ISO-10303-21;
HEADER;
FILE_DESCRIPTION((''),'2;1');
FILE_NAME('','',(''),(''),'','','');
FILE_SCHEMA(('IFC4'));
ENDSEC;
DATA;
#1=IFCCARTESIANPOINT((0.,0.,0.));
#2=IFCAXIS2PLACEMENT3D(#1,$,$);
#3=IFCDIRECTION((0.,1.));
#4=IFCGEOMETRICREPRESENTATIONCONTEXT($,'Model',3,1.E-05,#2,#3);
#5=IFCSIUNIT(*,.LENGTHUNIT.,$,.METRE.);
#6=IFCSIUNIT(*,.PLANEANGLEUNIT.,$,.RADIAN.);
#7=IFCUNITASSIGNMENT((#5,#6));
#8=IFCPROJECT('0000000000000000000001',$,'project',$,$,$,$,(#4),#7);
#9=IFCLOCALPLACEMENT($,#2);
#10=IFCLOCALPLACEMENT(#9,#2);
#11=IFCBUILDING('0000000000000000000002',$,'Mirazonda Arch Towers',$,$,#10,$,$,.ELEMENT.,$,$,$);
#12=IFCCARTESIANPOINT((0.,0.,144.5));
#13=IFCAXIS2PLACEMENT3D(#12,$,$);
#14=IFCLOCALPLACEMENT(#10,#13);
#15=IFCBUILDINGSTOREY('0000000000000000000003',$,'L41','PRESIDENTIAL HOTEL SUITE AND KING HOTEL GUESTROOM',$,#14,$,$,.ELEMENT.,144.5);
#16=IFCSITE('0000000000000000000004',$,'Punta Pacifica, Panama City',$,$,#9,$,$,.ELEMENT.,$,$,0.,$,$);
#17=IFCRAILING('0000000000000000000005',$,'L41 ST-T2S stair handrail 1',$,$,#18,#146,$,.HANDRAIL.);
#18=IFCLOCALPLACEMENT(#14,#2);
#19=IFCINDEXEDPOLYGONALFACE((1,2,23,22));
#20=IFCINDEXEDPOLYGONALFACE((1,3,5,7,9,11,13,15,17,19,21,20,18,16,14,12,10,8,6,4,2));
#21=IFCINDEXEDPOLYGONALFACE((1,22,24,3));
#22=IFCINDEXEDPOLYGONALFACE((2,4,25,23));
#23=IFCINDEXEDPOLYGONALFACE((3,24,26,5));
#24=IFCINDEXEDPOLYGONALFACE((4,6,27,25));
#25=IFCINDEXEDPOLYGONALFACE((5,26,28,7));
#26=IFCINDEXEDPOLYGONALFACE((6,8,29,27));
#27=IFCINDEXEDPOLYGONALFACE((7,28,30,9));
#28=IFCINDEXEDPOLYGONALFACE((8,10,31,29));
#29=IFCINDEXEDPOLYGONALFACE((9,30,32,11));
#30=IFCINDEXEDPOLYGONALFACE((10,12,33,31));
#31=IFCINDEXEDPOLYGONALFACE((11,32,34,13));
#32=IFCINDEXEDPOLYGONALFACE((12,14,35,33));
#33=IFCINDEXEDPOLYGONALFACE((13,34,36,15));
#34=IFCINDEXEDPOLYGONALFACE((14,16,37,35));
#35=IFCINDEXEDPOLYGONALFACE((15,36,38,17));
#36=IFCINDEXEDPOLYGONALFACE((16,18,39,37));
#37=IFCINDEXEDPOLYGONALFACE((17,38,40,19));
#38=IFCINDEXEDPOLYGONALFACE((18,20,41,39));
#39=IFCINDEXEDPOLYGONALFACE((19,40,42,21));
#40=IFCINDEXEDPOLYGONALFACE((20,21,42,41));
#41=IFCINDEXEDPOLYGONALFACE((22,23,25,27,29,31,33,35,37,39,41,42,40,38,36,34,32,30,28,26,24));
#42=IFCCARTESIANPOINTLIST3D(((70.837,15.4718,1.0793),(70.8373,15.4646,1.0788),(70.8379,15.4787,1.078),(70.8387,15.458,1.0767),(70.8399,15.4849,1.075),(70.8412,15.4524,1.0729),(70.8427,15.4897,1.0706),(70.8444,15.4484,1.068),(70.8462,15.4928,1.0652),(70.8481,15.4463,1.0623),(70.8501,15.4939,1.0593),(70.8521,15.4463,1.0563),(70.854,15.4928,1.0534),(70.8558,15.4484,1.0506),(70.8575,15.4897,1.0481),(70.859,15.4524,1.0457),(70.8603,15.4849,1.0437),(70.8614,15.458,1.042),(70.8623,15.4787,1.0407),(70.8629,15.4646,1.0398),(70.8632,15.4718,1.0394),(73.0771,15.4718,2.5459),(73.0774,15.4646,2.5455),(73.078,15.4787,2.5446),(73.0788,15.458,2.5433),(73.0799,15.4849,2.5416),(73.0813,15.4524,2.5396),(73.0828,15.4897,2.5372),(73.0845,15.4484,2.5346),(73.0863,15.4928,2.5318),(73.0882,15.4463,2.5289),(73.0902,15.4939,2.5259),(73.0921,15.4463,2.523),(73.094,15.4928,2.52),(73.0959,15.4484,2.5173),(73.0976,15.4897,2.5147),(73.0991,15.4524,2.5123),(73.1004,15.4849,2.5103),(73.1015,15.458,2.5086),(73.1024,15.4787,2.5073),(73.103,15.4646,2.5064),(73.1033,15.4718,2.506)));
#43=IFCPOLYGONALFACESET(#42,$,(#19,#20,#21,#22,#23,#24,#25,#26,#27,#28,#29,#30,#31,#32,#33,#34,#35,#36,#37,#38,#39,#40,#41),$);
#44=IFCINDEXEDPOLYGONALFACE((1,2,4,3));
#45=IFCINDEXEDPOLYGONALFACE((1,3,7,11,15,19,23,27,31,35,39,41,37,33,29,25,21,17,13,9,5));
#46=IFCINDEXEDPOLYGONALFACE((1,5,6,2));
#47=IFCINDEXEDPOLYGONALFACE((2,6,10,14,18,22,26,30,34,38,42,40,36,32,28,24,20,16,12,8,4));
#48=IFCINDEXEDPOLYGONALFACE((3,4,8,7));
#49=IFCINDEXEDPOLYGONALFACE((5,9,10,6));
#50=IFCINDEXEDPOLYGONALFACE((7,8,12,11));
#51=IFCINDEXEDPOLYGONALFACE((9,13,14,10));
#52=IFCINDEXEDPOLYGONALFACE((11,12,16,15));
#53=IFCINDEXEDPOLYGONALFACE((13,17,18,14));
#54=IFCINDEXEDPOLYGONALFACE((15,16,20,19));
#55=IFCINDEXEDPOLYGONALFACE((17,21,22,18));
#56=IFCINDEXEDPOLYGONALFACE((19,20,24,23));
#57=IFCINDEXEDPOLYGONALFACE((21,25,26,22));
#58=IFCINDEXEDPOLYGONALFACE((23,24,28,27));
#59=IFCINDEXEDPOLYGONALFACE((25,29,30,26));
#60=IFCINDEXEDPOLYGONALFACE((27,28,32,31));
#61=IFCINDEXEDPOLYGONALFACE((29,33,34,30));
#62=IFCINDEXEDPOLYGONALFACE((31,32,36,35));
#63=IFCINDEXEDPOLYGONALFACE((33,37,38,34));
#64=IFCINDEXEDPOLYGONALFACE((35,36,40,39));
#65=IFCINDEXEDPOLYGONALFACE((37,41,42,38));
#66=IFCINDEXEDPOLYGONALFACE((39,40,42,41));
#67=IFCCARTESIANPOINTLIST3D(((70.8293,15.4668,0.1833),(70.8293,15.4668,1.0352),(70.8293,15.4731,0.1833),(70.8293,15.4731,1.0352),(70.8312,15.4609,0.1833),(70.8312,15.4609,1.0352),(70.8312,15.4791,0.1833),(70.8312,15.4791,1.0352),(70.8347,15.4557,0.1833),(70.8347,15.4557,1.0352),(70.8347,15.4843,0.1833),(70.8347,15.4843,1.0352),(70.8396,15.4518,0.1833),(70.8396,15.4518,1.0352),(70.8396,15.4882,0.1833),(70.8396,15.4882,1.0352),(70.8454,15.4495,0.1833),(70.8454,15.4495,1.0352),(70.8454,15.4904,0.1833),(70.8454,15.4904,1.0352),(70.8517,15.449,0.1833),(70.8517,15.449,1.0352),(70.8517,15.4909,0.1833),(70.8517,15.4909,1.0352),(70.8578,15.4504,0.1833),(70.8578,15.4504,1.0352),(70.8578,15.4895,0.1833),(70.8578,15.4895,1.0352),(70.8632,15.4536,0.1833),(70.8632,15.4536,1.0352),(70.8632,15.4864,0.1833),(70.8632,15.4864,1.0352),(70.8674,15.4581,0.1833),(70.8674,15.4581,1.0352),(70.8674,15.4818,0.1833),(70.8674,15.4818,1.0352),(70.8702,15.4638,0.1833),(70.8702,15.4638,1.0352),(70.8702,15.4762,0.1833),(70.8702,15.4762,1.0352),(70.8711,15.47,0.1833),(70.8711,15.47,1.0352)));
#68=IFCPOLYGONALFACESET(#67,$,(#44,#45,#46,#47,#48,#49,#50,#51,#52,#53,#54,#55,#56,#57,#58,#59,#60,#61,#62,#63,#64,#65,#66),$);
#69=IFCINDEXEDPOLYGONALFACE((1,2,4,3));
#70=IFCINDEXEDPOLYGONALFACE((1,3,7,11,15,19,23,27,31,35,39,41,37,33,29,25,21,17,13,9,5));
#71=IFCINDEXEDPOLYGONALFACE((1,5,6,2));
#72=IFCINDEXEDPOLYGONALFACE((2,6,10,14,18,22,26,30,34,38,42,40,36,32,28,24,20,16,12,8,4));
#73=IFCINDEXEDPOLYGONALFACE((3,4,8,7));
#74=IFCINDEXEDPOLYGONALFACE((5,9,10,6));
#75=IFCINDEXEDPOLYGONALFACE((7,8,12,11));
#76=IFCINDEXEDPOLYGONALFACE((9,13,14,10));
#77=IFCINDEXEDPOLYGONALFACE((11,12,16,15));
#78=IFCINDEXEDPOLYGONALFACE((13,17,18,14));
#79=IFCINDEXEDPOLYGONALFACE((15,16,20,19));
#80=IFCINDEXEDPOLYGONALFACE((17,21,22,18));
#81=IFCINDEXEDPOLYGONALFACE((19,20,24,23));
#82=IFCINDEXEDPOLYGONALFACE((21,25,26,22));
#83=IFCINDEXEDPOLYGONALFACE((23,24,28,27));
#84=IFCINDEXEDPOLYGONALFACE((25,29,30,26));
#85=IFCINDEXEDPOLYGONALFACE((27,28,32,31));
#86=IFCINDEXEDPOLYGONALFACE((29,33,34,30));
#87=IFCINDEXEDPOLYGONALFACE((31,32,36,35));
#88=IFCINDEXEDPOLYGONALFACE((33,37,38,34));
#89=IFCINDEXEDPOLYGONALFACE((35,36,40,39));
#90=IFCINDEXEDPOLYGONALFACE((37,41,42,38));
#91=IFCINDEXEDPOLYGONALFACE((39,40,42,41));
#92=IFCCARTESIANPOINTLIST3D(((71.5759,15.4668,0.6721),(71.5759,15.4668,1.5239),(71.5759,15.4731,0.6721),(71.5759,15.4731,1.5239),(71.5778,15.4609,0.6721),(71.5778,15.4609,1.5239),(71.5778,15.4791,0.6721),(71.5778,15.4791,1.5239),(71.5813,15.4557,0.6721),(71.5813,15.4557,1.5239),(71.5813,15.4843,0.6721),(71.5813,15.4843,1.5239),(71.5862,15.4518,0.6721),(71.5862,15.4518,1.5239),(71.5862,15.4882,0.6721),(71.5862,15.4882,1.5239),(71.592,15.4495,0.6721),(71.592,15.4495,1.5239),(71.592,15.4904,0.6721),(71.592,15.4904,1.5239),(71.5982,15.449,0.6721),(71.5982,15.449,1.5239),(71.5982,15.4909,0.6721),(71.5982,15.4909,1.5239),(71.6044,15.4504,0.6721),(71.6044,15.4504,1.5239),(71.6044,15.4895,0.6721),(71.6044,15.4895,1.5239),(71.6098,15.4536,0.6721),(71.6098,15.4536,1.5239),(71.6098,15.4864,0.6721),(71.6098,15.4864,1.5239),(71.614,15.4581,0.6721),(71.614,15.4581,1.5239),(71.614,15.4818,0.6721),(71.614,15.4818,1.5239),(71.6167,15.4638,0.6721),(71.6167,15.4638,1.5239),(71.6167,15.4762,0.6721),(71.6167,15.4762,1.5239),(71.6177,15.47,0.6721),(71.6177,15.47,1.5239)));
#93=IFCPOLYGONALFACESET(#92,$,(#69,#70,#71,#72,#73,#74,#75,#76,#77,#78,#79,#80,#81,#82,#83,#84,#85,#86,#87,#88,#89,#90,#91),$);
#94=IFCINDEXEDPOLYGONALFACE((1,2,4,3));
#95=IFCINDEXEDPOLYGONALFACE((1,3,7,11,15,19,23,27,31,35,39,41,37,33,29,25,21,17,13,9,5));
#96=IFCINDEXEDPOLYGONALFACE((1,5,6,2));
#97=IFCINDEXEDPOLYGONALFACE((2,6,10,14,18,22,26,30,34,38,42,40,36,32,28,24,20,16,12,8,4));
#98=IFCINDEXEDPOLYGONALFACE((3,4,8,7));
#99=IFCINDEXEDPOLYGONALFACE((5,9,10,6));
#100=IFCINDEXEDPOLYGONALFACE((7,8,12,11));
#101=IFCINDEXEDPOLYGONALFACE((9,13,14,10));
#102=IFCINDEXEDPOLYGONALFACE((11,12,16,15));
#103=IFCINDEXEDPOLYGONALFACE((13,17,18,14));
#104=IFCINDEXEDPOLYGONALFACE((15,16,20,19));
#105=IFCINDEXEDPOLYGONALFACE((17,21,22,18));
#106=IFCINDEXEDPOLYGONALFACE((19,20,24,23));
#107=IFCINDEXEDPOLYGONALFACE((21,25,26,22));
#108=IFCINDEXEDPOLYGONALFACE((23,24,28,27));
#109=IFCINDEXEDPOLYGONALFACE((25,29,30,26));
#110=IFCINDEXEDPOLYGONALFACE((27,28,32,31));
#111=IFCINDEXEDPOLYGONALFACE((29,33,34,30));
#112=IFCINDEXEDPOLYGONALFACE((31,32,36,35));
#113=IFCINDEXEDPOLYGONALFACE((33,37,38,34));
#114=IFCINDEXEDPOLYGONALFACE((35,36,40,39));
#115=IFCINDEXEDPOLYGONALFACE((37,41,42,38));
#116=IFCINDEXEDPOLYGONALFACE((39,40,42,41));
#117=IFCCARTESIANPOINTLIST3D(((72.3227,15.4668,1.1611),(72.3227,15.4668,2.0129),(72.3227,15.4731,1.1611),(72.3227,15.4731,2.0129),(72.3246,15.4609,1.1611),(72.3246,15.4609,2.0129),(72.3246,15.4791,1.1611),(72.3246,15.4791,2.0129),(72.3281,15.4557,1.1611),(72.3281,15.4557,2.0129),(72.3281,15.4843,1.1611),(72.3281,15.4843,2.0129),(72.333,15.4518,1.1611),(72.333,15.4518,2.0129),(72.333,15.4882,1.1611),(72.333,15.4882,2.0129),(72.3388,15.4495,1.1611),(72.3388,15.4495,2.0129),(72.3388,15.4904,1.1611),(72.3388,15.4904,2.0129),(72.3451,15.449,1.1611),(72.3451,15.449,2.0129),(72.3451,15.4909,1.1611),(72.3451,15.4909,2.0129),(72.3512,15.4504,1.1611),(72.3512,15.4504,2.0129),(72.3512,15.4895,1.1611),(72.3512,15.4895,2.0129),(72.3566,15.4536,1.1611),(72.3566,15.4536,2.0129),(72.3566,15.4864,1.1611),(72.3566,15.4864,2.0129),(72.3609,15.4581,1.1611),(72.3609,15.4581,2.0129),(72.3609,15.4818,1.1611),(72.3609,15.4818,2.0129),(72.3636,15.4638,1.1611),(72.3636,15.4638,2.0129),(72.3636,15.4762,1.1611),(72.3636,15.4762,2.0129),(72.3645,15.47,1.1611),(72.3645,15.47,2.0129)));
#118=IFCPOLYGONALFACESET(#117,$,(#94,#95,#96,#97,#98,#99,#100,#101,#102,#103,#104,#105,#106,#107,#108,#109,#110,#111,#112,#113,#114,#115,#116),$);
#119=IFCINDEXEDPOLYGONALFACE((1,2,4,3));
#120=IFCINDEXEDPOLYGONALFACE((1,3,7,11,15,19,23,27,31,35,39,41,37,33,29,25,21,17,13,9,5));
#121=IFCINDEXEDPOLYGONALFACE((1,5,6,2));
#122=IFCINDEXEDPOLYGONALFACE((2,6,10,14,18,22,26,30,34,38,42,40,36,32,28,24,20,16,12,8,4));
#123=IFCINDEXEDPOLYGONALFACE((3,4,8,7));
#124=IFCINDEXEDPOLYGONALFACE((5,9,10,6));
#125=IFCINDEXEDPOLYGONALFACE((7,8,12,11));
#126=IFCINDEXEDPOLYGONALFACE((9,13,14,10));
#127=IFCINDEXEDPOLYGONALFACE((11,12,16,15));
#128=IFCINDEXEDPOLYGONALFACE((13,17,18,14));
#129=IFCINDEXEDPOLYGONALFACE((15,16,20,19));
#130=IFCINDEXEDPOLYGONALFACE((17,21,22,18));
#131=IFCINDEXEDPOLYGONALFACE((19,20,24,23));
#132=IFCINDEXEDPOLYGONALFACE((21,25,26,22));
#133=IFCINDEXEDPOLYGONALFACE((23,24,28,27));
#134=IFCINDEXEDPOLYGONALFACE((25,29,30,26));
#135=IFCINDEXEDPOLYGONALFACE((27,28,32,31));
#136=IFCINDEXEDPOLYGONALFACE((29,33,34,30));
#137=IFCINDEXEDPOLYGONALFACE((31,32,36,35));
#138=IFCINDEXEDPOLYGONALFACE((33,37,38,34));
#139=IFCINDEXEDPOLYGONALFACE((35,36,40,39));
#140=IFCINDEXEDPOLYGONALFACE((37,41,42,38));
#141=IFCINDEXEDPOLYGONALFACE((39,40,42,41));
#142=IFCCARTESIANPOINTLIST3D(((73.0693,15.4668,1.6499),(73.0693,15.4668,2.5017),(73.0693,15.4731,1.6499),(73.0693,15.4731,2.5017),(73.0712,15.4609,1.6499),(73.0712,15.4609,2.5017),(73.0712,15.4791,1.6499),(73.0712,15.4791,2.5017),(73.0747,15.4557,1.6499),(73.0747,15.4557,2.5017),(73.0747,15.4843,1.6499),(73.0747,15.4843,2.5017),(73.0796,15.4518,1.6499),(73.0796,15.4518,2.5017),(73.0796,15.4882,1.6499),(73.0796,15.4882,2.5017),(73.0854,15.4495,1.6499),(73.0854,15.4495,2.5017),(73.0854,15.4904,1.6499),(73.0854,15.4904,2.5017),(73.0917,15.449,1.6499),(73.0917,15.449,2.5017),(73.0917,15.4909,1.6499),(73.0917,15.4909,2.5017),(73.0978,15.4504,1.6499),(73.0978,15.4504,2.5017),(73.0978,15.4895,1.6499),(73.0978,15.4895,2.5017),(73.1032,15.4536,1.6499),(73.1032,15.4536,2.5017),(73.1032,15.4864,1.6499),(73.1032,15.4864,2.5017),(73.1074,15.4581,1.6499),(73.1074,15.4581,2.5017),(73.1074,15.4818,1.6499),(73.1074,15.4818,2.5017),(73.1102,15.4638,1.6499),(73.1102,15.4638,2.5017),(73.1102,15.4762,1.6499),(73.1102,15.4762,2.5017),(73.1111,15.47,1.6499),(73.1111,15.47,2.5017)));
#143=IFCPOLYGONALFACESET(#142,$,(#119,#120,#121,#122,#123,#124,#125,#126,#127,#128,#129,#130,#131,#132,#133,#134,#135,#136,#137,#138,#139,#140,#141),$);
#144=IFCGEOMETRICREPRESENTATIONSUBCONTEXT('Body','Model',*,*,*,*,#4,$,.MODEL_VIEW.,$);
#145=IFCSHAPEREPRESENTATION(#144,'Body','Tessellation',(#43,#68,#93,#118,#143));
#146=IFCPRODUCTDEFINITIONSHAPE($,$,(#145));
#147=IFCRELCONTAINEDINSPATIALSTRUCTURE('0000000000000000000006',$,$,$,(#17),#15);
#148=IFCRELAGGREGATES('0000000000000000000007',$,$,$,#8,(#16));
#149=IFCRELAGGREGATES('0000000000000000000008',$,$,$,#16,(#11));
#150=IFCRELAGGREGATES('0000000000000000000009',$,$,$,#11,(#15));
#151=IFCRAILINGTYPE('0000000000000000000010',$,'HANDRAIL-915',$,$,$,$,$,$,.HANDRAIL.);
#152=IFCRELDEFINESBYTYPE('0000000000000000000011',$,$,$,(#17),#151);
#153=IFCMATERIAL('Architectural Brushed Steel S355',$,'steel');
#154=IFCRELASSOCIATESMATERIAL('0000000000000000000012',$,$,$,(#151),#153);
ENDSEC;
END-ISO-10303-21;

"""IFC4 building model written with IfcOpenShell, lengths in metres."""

from ifc_helpers import new_model, si_unit, direction, frame, origin, origin_2d, place, context, subcontext, project, spatial, circle, extrude, material, type_object, element, save


model = new_model("IFC4")

# Units and contexts
model_context = context("Model", 3, precision=1e-05, world=origin(), true_north=direction((0.0, 1.0)))
body_context = subcontext(model_context, "Body", "Model", "MODEL_VIEW")
ifc_project = project(units=[si_unit("LENGTHUNIT", "METRE"), si_unit("PLANEANGLEUNIT", "RADIAN")], contexts=[model_context])

# Site, building, storey
site_placement = place(None, origin())
site = spatial("IfcSite", under=ifc_project, at=site_placement, Name="Punta Pacifica, Panama City", CompositionType="ELEMENT", RefElevation=0.0)
building_placement = place(site_placement, origin())
building = spatial("IfcBuilding", under=site, at=building_placement, Name="Mirazonda Arch Towers", CompositionType="ELEMENT")
storey_placement = place(building_placement, frame((0.0, 0.0, 144.5)))
storey = spatial("IfcBuildingStorey", under=building, at=storey_placement, Name="L41", Description="PRESIDENTIAL HOTEL SUITE AND KING HOTEL GUESTROOM", CompositionType="ELEMENT", Elevation=144.5)

# Railing
ifc_material_1 = material(Name="Architectural Brushed Steel S355", Category="steel")
railing_type_1 = type_object("IfcRailingType", Name="HANDRAIL-915", PredefinedType="HANDRAIL", material=ifc_material_1)
railing_1_placement = place(storey_placement, frame((70.8501, 15.47, 0.1833)))
element("IfcRailing", 1, at=railing_1_placement, inside=storey, type_object=railing_type_1, Name="L41 ST-T2S stair handrail 1", PredefinedType="HANDRAIL", context=body_context, shape_type="SweptSolid", body=[
    extrude(circle(Radius=0.0239, at=origin_2d()), frame((0.0, 0.0, 0.876), z_axis=(0.836637, 0.0, 0.547758), x_axis=(0.0, 1.0, 0.0)), (0.0, 0.0, 1.0), 2.6775),
    extrude(circle(Radius=0.021, at=origin_2d()), origin(), (0.0, 0.0, 1.0), 0.8518),
    extrude(circle(Radius=0.021, at=origin_2d()), frame((0.7466, 0.0, 0.4888)), (0.0, 0.0, 1.0), 0.8518),
    extrude(circle(Radius=0.021, at=origin_2d()), frame((1.4934, 0.0, 0.9778)), (0.0, 0.0, 1.0), 0.8518),
    extrude(circle(Radius=0.021, at=origin_2d()), frame((2.24, 0.0, 1.4666)), (0.0, 0.0, 1.0), 0.8518),
])

save(model, "model.ifc")
